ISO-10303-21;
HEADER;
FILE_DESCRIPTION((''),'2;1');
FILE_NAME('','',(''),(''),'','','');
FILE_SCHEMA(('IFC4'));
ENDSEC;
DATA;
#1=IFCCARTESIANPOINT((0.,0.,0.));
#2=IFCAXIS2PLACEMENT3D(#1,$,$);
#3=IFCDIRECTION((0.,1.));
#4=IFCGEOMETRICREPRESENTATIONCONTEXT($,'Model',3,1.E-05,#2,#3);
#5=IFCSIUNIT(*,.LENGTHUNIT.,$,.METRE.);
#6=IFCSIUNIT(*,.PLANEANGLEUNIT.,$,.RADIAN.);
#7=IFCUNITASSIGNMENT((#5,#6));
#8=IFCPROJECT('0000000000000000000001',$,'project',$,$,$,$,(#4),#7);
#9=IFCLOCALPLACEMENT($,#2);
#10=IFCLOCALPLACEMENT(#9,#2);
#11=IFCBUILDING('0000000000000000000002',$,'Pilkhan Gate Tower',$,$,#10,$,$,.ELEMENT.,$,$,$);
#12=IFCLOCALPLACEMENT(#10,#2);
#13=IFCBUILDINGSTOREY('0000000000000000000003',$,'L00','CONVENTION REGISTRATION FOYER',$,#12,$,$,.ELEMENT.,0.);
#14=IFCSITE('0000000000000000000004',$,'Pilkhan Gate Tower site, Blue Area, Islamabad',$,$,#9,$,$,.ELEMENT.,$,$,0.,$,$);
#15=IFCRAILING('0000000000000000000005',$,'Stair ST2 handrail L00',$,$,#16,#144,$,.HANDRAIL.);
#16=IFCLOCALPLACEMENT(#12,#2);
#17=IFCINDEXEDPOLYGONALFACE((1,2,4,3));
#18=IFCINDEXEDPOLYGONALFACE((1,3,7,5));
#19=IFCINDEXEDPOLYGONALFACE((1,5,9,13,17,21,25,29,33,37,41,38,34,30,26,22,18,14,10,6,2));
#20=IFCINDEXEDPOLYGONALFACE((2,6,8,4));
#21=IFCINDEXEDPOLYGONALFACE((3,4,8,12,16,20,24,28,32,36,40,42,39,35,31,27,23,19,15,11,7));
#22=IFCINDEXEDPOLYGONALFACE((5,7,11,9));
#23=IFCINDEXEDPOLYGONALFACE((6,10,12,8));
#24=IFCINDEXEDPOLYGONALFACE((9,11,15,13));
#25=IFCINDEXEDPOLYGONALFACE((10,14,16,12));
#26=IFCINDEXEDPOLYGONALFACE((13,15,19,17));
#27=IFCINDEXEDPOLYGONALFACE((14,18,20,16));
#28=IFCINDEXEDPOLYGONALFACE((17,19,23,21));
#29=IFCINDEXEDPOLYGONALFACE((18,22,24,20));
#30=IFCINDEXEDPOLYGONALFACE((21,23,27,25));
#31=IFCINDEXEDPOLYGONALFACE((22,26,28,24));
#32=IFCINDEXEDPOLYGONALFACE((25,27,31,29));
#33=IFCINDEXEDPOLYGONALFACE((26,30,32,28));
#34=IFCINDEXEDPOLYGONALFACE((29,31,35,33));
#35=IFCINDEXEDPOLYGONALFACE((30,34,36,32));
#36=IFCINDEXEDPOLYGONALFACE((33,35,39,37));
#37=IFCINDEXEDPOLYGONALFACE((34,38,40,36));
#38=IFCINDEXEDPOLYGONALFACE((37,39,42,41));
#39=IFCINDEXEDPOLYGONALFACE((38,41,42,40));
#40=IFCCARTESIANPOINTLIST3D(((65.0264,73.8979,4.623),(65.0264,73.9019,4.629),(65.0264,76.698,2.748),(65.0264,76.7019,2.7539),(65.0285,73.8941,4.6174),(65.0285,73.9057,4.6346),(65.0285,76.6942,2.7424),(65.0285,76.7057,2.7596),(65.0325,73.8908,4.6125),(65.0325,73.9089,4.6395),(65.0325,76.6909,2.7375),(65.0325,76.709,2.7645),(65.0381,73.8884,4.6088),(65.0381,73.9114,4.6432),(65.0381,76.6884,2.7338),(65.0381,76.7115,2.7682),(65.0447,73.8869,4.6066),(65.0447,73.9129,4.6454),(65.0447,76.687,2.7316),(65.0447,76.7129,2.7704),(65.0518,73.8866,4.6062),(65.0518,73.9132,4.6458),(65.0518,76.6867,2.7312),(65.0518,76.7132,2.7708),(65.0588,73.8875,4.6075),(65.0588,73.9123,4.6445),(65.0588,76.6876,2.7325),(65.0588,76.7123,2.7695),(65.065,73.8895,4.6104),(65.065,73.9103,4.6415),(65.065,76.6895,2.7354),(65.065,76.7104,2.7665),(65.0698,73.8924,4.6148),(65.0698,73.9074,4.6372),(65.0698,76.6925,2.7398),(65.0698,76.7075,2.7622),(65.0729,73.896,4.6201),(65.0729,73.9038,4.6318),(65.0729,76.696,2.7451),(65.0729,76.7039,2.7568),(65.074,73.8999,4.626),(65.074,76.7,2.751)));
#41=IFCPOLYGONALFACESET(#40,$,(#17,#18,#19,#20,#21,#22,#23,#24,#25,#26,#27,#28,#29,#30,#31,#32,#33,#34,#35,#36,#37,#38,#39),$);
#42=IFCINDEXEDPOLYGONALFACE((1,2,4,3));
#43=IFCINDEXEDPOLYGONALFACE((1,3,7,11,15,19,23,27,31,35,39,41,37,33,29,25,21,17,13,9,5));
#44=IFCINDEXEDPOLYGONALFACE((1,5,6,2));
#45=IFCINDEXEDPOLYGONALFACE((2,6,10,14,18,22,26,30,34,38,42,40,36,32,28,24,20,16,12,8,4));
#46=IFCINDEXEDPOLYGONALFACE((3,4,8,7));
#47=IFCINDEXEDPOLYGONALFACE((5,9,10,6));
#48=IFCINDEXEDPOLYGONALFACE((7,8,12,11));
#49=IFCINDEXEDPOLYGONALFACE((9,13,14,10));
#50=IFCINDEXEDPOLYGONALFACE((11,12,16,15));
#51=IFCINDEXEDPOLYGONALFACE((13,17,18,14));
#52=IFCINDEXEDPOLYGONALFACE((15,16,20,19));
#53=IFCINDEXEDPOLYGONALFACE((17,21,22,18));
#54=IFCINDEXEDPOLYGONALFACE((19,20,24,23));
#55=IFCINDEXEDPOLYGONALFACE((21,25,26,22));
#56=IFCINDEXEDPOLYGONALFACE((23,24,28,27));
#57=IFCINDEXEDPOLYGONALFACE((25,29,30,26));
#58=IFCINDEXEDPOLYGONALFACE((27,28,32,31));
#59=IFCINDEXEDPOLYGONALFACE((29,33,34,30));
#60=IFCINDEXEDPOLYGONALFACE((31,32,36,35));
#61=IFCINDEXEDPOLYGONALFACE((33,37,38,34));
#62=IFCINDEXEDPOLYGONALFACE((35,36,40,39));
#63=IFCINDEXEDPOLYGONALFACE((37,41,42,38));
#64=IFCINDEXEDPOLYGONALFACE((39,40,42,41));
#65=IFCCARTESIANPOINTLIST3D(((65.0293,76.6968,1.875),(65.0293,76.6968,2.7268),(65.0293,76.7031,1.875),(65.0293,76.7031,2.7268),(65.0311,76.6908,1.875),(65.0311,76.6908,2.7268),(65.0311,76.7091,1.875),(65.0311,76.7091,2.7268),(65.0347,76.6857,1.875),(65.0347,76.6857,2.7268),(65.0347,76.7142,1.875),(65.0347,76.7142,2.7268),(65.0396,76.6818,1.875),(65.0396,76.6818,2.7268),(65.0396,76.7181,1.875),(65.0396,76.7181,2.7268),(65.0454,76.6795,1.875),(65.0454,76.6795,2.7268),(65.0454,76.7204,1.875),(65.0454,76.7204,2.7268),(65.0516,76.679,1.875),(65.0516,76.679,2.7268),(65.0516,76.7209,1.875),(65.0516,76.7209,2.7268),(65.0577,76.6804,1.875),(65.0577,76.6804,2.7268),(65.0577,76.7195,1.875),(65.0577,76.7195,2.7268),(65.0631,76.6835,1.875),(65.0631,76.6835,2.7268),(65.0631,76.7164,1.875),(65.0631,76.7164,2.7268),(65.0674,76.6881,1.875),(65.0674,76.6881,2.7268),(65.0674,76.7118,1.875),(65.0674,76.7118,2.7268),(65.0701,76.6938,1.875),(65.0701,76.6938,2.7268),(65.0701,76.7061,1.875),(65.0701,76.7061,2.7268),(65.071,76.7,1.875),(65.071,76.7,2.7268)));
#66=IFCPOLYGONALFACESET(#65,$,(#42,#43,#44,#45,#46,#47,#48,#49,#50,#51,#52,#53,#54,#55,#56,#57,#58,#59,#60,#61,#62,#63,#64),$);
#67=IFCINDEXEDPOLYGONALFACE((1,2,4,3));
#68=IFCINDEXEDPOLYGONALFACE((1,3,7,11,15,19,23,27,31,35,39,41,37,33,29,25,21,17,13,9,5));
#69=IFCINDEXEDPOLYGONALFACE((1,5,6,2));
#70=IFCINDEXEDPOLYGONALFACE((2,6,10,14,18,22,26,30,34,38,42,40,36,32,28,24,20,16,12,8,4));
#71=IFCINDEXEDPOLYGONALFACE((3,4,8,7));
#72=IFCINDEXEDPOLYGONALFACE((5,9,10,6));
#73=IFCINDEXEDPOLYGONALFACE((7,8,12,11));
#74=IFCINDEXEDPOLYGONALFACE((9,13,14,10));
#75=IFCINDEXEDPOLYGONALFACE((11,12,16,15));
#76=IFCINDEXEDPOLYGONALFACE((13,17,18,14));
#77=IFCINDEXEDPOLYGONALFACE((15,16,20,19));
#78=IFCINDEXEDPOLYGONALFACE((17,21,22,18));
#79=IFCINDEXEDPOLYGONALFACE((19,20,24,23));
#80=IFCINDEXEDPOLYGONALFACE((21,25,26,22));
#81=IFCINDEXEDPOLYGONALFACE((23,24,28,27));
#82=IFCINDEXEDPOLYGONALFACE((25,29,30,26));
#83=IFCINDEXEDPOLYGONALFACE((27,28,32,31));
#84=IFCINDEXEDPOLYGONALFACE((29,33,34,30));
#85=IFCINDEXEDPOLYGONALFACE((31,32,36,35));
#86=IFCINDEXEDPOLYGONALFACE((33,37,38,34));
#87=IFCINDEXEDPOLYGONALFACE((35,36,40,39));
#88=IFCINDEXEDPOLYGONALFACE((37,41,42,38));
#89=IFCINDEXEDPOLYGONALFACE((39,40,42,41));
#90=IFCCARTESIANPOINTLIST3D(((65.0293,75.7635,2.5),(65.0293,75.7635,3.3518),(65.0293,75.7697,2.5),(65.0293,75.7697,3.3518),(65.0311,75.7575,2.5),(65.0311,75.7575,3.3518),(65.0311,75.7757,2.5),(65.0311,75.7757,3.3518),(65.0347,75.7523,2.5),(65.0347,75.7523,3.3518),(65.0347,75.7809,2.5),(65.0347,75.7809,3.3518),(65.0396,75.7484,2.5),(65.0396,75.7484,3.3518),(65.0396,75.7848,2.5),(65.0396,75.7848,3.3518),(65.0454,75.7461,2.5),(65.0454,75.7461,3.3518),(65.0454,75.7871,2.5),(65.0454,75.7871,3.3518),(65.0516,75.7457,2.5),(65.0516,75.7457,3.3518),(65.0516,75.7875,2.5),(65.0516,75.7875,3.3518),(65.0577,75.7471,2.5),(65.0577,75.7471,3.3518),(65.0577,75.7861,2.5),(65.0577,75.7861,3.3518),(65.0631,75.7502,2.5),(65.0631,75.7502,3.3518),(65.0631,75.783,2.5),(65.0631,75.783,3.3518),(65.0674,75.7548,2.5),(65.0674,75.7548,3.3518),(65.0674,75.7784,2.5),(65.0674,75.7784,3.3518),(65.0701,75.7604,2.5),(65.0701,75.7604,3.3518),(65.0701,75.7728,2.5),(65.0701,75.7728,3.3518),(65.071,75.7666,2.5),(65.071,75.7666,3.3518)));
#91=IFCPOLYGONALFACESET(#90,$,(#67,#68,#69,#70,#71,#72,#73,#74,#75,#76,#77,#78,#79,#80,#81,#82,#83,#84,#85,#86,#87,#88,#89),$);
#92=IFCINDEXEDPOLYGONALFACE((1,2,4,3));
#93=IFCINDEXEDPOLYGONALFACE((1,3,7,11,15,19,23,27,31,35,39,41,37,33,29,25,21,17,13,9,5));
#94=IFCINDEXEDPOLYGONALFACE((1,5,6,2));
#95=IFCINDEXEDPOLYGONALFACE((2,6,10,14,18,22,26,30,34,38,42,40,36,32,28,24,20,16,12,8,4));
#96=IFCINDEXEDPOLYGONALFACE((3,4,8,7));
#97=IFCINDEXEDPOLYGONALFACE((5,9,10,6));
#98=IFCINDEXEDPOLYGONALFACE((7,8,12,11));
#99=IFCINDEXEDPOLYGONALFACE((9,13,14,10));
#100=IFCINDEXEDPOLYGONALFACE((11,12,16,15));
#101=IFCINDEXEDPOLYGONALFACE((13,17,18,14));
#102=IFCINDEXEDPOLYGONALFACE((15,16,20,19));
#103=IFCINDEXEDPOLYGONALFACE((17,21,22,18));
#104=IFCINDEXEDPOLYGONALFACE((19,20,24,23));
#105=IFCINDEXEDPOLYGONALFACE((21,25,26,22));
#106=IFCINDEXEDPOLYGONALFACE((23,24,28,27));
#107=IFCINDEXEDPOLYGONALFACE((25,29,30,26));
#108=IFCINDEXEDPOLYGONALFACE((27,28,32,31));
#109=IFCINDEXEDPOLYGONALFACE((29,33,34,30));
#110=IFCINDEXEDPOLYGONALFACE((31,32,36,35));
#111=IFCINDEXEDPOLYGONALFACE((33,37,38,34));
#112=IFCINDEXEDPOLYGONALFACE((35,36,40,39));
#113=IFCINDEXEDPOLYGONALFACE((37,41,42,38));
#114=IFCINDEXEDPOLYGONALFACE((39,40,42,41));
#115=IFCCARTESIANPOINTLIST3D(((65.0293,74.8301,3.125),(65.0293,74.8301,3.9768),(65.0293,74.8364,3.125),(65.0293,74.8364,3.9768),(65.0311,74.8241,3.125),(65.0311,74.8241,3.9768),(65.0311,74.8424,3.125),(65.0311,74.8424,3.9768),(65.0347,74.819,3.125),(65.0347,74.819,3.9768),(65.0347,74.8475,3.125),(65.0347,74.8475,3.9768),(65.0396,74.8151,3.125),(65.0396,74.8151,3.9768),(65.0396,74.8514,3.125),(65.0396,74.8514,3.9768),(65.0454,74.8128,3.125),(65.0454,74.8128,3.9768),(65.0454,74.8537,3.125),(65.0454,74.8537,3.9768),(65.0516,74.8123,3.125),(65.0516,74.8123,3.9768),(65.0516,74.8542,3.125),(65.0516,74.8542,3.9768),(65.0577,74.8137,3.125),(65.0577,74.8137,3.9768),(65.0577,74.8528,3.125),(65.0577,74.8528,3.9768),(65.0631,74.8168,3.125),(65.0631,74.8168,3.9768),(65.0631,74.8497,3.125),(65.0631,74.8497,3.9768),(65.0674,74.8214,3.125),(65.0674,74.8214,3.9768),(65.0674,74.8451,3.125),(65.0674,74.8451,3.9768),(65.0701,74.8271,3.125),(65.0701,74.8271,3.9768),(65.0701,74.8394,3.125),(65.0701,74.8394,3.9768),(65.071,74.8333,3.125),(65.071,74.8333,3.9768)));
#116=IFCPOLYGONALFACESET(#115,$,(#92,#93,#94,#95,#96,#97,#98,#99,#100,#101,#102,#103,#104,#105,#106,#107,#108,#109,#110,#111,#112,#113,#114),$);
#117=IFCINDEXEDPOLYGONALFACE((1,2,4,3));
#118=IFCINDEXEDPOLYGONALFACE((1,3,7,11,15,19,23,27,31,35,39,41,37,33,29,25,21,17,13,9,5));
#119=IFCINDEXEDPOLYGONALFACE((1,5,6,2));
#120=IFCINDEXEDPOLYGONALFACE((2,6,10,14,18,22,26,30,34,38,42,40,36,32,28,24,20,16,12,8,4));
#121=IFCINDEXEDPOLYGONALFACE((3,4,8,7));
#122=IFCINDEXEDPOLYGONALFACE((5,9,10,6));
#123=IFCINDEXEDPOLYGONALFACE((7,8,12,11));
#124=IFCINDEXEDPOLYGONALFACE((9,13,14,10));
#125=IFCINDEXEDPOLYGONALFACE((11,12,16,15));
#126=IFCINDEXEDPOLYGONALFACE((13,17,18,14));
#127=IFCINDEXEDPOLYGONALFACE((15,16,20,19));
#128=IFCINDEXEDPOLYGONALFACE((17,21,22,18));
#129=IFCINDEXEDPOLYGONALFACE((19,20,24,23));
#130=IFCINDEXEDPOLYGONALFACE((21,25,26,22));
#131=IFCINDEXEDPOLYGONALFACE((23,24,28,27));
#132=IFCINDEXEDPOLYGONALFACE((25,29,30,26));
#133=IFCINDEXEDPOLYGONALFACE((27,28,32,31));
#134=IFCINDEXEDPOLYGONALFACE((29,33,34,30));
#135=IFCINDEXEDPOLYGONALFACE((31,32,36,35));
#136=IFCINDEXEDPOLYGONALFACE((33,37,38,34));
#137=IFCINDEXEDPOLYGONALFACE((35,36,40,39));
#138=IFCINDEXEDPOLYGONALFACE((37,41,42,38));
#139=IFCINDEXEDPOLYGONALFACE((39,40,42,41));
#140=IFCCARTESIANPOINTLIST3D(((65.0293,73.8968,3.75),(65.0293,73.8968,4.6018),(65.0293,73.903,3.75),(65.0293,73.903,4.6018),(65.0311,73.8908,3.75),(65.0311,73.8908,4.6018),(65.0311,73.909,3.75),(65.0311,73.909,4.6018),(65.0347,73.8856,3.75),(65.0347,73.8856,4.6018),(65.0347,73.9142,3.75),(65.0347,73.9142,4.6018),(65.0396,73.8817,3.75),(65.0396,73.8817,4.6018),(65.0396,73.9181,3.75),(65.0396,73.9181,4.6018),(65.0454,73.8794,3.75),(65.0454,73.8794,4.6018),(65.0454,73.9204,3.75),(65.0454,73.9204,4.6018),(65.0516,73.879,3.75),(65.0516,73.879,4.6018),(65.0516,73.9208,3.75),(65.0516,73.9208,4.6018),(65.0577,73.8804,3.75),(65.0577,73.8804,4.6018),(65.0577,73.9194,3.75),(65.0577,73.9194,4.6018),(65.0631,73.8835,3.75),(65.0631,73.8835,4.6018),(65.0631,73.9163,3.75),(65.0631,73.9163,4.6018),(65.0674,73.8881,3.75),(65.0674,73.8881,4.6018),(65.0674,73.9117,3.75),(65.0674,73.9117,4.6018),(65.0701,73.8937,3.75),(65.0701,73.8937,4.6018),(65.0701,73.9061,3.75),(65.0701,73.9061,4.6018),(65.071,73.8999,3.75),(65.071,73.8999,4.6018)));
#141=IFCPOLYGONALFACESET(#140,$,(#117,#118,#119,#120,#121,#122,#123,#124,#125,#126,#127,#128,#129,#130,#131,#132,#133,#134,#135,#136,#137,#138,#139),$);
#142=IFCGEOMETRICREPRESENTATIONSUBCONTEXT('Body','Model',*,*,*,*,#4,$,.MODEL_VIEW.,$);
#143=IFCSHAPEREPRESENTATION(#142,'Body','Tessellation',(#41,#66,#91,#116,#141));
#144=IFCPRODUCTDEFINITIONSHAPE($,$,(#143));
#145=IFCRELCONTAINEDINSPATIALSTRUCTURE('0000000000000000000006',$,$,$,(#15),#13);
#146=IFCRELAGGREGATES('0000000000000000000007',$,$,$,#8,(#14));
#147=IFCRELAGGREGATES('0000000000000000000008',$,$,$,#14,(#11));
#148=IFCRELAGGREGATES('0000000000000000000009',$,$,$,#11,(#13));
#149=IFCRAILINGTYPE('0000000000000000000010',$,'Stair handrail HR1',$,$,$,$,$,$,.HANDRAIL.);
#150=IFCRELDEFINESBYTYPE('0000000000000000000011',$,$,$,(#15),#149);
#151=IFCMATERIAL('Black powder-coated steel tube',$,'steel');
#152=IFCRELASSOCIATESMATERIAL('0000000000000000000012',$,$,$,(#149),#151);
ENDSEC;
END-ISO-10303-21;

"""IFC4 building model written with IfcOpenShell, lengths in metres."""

from ifc_helpers import new_model, si_unit, direction, frame, origin, origin_2d, place, context, subcontext, project, spatial, circle, extrude, material, type_object, element, save


model = new_model("IFC4")

# Units and contexts
model_context = context("Model", 3, precision=1e-05, world=origin(), true_north=direction((0.0, 1.0)))
body_context = subcontext(model_context, "Body", "Model", "MODEL_VIEW")
ifc_project = project(units=[si_unit("LENGTHUNIT", "METRE"), si_unit("PLANEANGLEUNIT", "RADIAN")], contexts=[model_context])

# Site, building, storey
site_placement = place(None, origin())
site = spatial("IfcSite", under=ifc_project, at=site_placement, Name="Pilkhan Gate Tower site, Blue Area, Islamabad", CompositionType="ELEMENT", RefElevation=0.0)
building_placement = place(site_placement, origin())
building = spatial("IfcBuilding", under=site, at=building_placement, Name="Pilkhan Gate Tower", CompositionType="ELEMENT")
storey_placement = place(building_placement, origin())
storey = spatial("IfcBuildingStorey", under=building, at=storey_placement, Name="L00", Description="CONVENTION REGISTRATION FOYER", CompositionType="ELEMENT", Elevation=0.0)

# Railing
ifc_material_1 = material(Name="Black powder-coated steel tube", Category="steel")
railing_type_1 = type_object("IfcRailingType", Name="Stair handrail HR1", PredefinedType="HANDRAIL", material=ifc_material_1)
railing_1_placement = place(storey_placement, frame((65.05, 76.7, 1.875)))
element("IfcRailing", 1, at=railing_1_placement, inside=storey, type_object=railing_type_1, Name="Stair ST2 handrail L00", PredefinedType="HANDRAIL", context=body_context, shape_type="SweptSolid", body=[
    extrude(circle(Radius=0.0239, at=origin_2d()), frame((0.0, 0.0, 0.876), z_axis=(0.0, -0.830912, 0.556404), x_axis=(1.0, 0.0, 0.0)), (0.0, 0.0, 1.0), 3.3699),
    extrude(circle(Radius=0.021, at=origin_2d()), origin(), (0.0, 0.0, 1.0), 0.8518),
    extrude(circle(Radius=0.021, at=origin_2d()), frame((0.0, -0.9333, 0.625)), (0.0, 0.0, 1.0), 0.8518),
    extrude(circle(Radius=0.021, at=origin_2d()), frame((0.0, -1.8667, 1.25)), (0.0, 0.0, 1.0), 0.8518),
    extrude(circle(Radius=0.021, at=origin_2d()), frame((0.0, -2.8, 1.875)), (0.0, 0.0, 1.0), 0.8518),
])

save(model, "model.ifc")
